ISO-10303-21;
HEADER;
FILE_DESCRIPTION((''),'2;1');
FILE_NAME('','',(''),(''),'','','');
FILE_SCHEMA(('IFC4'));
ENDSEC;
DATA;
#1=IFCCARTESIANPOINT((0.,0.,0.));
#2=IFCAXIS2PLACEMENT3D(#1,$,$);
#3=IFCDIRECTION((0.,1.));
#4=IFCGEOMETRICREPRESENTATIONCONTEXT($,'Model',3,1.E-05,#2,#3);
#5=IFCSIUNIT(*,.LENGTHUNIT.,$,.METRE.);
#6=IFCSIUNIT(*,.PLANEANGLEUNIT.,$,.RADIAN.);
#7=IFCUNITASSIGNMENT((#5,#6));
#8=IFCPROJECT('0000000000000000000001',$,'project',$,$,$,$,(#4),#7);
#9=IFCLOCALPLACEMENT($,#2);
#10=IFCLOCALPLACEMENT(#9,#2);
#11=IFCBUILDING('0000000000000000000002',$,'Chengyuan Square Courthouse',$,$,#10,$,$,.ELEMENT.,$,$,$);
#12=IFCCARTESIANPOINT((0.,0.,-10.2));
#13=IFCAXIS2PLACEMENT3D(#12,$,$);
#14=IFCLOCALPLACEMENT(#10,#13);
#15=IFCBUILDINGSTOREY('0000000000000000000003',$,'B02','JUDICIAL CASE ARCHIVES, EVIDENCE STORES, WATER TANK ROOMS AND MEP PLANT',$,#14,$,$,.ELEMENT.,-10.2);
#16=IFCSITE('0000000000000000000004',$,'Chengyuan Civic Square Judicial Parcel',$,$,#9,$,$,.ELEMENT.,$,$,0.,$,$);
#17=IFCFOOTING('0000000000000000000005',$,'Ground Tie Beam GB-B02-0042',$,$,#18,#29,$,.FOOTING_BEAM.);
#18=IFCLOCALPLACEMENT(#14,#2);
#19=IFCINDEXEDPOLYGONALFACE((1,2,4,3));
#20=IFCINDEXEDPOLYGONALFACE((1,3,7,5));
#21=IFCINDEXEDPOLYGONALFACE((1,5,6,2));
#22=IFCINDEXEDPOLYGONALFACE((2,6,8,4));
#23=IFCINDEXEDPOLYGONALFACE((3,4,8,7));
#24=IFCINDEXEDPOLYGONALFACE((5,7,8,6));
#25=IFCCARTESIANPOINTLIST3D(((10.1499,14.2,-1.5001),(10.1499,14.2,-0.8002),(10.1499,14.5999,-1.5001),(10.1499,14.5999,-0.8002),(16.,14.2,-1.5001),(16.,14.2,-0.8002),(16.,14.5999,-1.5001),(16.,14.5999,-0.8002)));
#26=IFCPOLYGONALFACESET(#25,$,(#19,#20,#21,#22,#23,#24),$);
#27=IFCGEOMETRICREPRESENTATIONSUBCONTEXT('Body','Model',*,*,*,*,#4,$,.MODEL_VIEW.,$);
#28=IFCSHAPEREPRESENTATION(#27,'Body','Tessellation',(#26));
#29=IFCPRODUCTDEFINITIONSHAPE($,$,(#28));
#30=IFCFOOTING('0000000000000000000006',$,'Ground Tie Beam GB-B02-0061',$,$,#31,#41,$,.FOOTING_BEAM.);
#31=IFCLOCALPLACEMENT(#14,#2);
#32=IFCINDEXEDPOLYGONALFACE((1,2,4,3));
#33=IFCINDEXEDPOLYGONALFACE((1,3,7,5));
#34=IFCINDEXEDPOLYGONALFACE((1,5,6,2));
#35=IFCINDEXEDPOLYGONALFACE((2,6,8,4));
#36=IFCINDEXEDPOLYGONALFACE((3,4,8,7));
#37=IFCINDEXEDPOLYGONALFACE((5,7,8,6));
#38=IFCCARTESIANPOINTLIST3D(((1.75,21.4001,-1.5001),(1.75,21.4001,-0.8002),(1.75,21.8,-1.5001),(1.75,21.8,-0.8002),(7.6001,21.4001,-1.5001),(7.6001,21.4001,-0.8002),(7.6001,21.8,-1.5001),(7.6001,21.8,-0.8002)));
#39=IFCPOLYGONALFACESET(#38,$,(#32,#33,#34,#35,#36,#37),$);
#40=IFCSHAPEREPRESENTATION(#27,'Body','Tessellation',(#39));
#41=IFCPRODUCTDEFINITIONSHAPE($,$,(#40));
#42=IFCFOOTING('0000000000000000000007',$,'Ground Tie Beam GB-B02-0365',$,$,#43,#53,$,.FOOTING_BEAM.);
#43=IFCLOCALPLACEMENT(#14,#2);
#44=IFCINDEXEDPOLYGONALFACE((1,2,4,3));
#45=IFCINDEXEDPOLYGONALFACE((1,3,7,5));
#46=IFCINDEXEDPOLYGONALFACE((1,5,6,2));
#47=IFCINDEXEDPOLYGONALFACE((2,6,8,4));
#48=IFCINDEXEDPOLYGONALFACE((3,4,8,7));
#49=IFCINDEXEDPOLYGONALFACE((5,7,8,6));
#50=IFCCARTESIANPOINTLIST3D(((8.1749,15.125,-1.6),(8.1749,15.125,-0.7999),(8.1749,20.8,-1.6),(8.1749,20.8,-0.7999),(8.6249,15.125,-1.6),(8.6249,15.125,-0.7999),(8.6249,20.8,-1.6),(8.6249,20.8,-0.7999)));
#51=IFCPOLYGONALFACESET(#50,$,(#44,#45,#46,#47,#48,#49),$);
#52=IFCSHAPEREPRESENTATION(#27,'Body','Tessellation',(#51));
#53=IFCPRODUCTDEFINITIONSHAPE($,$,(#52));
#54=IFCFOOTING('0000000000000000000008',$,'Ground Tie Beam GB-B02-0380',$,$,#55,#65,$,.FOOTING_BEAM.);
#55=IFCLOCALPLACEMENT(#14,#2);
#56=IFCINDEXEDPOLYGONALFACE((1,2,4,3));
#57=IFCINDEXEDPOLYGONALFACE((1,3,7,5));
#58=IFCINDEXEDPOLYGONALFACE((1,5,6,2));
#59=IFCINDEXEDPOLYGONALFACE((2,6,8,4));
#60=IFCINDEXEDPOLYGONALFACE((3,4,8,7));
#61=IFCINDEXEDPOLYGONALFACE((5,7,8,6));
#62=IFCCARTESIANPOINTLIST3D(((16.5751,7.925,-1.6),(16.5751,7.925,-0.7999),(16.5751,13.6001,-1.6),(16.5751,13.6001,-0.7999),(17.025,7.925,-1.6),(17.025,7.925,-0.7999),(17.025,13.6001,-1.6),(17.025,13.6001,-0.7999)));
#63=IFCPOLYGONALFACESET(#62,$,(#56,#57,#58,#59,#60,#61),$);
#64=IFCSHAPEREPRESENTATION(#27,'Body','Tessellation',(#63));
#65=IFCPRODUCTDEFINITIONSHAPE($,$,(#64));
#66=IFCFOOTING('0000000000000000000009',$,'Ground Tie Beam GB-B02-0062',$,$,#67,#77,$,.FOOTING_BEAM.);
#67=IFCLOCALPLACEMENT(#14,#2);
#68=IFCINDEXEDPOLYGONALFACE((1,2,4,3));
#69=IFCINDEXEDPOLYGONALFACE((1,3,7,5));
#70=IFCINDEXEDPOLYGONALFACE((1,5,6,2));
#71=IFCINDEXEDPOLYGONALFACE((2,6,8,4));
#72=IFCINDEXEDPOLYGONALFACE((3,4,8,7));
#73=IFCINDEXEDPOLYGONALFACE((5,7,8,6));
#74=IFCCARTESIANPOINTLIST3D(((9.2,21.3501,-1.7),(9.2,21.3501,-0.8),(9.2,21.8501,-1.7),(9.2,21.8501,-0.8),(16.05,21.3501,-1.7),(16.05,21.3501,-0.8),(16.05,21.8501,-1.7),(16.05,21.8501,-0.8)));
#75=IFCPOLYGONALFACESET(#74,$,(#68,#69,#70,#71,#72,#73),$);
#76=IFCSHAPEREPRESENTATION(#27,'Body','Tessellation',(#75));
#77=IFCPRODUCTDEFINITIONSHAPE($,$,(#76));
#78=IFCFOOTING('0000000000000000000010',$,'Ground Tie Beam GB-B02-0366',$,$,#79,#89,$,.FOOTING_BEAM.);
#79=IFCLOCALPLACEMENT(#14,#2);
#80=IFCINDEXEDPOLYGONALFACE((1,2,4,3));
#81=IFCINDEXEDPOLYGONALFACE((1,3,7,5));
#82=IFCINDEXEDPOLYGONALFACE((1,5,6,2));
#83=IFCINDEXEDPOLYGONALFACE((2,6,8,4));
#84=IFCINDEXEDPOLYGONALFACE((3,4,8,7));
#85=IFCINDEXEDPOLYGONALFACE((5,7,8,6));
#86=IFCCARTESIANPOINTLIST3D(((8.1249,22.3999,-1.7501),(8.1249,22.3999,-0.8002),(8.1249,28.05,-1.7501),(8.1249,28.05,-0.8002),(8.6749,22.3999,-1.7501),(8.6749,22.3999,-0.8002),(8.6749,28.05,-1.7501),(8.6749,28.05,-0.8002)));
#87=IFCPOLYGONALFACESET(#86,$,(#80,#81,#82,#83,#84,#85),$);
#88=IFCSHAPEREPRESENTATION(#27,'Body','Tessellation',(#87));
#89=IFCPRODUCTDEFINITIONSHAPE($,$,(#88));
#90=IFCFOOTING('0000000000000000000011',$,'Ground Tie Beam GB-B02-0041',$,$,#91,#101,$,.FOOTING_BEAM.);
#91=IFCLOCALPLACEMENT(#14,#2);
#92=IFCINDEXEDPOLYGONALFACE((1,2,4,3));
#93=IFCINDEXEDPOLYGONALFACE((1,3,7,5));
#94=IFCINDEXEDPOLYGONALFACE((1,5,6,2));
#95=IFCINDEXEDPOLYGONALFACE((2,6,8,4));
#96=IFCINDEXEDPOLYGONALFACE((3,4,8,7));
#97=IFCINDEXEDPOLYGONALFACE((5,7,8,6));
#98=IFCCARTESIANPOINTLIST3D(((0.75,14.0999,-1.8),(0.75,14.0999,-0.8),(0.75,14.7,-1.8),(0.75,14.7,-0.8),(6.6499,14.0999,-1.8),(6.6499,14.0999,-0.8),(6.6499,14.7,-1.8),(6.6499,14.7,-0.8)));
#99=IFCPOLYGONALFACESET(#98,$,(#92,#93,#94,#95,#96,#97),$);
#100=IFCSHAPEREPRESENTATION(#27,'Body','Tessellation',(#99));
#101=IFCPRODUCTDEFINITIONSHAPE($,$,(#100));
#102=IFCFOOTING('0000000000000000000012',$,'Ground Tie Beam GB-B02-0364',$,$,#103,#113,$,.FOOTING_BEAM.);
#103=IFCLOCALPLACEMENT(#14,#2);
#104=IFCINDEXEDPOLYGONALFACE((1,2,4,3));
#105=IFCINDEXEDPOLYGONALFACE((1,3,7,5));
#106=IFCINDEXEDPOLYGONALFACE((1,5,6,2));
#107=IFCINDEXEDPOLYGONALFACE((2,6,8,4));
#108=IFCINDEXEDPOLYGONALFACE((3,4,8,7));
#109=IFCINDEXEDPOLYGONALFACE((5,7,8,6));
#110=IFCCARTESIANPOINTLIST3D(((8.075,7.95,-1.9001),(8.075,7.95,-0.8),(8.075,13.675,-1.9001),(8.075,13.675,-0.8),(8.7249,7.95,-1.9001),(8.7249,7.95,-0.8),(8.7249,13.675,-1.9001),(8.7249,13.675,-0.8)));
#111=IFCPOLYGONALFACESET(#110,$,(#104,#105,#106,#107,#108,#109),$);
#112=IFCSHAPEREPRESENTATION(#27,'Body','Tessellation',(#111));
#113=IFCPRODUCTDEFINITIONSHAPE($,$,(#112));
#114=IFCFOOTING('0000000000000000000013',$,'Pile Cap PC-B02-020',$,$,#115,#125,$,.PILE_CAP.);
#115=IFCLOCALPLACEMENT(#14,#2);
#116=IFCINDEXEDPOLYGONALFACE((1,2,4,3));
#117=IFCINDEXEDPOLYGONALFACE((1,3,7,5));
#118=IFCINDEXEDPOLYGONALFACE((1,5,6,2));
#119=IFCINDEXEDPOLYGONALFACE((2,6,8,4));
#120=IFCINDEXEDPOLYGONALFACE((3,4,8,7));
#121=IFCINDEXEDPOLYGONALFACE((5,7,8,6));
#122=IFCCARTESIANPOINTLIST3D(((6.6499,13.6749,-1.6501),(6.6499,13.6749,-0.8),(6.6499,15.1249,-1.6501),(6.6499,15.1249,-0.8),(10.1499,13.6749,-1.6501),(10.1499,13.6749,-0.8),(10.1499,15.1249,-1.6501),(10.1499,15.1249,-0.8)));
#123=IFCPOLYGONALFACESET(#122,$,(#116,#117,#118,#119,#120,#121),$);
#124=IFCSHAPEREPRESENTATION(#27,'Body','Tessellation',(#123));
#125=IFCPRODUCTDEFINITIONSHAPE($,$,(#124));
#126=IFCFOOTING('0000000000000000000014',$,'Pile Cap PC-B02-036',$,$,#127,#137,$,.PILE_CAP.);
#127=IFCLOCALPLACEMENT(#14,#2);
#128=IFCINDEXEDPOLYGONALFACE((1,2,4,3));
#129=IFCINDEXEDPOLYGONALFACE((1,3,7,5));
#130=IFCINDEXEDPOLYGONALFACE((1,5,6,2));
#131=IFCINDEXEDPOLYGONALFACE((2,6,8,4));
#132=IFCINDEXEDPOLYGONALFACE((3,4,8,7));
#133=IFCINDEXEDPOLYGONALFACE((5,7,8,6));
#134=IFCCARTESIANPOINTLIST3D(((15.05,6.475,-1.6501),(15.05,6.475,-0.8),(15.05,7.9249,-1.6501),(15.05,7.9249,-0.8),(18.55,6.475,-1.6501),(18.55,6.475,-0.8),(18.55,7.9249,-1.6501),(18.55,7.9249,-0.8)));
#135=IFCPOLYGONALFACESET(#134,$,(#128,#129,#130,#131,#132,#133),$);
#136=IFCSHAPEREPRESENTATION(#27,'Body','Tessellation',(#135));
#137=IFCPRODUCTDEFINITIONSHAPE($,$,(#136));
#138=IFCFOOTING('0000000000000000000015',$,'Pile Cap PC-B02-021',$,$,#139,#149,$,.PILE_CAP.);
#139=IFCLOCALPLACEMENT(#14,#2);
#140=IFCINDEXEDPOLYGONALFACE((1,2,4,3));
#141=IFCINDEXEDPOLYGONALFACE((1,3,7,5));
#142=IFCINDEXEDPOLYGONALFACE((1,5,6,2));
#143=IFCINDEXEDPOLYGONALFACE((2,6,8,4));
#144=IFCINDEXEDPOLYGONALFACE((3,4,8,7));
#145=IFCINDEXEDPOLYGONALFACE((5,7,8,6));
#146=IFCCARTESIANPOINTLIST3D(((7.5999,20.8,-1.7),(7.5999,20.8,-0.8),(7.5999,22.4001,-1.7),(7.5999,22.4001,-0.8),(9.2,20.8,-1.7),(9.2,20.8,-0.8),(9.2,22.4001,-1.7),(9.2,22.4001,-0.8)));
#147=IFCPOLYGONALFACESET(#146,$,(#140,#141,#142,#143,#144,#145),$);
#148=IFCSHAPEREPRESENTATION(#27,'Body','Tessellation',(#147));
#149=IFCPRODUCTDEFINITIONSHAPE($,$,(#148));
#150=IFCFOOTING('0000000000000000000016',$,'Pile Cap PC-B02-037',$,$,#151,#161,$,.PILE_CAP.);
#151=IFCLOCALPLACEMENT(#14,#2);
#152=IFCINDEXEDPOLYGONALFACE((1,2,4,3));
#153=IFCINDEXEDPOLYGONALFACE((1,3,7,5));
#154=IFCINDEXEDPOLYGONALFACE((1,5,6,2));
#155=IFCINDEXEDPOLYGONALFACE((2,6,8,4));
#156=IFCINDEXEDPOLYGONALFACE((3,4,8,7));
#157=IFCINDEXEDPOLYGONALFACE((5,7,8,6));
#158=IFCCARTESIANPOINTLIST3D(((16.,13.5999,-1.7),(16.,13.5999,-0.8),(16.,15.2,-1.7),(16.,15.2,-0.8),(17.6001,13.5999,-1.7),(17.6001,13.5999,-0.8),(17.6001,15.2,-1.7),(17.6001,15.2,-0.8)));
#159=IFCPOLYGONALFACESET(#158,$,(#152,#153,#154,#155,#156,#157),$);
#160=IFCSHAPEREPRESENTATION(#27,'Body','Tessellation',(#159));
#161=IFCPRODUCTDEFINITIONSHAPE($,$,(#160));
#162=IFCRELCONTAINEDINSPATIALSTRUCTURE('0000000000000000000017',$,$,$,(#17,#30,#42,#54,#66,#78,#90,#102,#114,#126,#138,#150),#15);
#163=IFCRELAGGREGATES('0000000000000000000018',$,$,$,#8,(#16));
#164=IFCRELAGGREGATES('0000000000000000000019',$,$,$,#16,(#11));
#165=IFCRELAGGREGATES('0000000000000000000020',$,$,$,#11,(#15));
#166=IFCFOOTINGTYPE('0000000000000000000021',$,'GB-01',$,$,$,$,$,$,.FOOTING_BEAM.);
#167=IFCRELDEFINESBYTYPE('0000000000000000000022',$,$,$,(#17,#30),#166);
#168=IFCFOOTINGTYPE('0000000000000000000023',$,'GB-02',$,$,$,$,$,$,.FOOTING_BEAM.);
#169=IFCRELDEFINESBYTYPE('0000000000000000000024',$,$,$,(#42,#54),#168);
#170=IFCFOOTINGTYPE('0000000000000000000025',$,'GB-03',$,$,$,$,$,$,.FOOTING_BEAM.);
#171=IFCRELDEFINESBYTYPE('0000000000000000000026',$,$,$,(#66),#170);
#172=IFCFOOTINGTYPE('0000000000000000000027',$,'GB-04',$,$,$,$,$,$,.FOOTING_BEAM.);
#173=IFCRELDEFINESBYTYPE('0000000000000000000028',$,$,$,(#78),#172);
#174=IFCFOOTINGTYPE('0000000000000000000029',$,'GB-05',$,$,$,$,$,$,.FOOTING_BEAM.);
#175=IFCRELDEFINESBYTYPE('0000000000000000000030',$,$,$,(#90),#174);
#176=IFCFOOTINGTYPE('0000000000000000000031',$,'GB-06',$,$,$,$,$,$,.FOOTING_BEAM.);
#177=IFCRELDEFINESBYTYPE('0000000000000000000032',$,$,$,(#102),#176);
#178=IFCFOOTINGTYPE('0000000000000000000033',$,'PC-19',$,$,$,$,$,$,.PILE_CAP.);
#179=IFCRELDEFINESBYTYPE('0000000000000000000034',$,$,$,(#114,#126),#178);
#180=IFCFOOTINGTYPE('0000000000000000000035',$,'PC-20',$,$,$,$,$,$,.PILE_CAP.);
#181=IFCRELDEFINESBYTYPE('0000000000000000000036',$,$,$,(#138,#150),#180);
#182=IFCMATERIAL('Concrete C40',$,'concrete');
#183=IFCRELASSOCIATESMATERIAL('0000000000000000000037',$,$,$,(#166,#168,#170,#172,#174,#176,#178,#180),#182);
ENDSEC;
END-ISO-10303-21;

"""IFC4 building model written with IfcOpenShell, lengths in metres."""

from ifc_helpers import new_model, si_unit, direction, frame, origin, origin_2d, place, context, subcontext, project, spatial, rectangle, extrude, material, material_profile, profile_set, type_object, element, save


model = new_model("IFC4")

# Units and contexts
model_context = context("Model", 3, precision=1e-05, world=origin(), true_north=direction((0.0, 1.0)))
body_context = subcontext(model_context, "Body", "Model", "MODEL_VIEW")
ifc_project = project(units=[si_unit("LENGTHUNIT", "METRE"), si_unit("PLANEANGLEUNIT", "RADIAN")], contexts=[model_context])

# Site, building, storey
site_placement = place(None, origin())
site = spatial("IfcSite", under=ifc_project, at=site_placement, Name="Chengyuan Civic Square Judicial Parcel", CompositionType="ELEMENT", RefElevation=0.0)
building_placement = place(site_placement, origin())
building = spatial("IfcBuilding", under=site, at=building_placement, Name="Chengyuan Square Courthouse", CompositionType="ELEMENT")
storey_placement = place(building_placement, frame((0.0, 0.0, -10.2)))
storey = spatial("IfcBuildingStorey", under=building, at=storey_placement, Name="B02", Description="JUDICIAL CASE ARCHIVES, EVIDENCE STORES, WATER TANK ROOMS AND MEP PLANT", CompositionType="ELEMENT", Elevation=-10.2)

# Footings
ifc_material_1 = material(Name="Concrete C40", Category="concrete")
ifc_material_profile_1 = material_profile(ifc_material_1, rectangle(XDim=0.3999, YDim=0.7, at=origin_2d()), Name="GB-400x700")
ifc_profile_set_1 = profile_set([ifc_material_profile_1], Name="Concrete C40")
footing_type_1 = type_object("IfcFootingType", Name="GB-01", PredefinedType="FOOTING_BEAM", material=ifc_profile_set_1)
for number, where, z_axis, x_axis, name in (
    (1, (10.1499, 14.3999, -1.1501), (1.0, 0.0, 0.0), (0.0, 1.0, 0.0), "Ground Tie Beam GB-B02-0042"),
    (2, (1.75, 21.6001, -1.1501), (1.0, 0.0, 0.0), (0.0, 1.0, 0.0), "Ground Tie Beam GB-B02-0061"),
):
    element("IfcFooting", number, at=place(storey_placement, frame(where, z_axis=z_axis, x_axis=x_axis)), inside=storey, type_object=footing_type_1, Name=name, PredefinedType="FOOTING_BEAM", context=body_context, shape_type="SweptSolid", body=[
        extrude(rectangle(XDim=0.3999, YDim=0.7, at=origin_2d()), origin(), (0.0, 0.0, 1.0), 5.8501),
    ])
ifc_material_profile_2 = material_profile(ifc_material_1, rectangle(XDim=0.45, YDim=0.8, at=origin_2d()), Name="GB-450x800")
ifc_profile_set_2 = profile_set([ifc_material_profile_2], Name="Concrete C40")
footing_type_2 = type_object("IfcFootingType", Name="GB-02", PredefinedType="FOOTING_BEAM", material=ifc_profile_set_2)
for number, where, z_axis, x_axis, name in (
    (3, (8.3999, 15.125, -1.2), (0.0, 1.0, 0.0), (-1.0, 0.0, 0.0), "Ground Tie Beam GB-B02-0365"),
    (4, (16.8, 7.925, -1.2), (0.0, 1.0, 0.0), (-1.0, 0.0, 0.0), "Ground Tie Beam GB-B02-0380"),
):
    element("IfcFooting", number, at=place(storey_placement, frame(where, z_axis=z_axis, x_axis=x_axis)), inside=storey, type_object=footing_type_2, Name=name, PredefinedType="FOOTING_BEAM", context=body_context, shape_type="SweptSolid", body=[
        extrude(rectangle(XDim=0.45, YDim=0.8, at=origin_2d()), origin(), (0.0, 0.0, 1.0), 5.675),
    ])
ifc_material_profile_3 = material_profile(ifc_material_1, rectangle(XDim=0.5, YDim=0.8999, at=origin_2d()), Name="GB-500x900")
ifc_profile_set_3 = profile_set([ifc_material_profile_3], Name="Concrete C40")
footing_type_3 = type_object("IfcFootingType", Name="GB-03", PredefinedType="FOOTING_BEAM", material=ifc_profile_set_3)
footing_1_placement = place(storey_placement, frame((9.2, 21.6001, -1.25), z_axis=(1.0, 0.0, 0.0), x_axis=(0.0, 1.0, 0.0)))
element("IfcFooting", 5, at=footing_1_placement, inside=storey, type_object=footing_type_3, Name="Ground Tie Beam GB-B02-0062", PredefinedType="FOOTING_BEAM", context=body_context, shape_type="SweptSolid", body=[
    extrude(rectangle(XDim=0.5, YDim=0.8999, at=origin_2d()), origin(), (0.0, 0.0, 1.0), 6.8501),
])
ifc_material_profile_4 = material_profile(ifc_material_1, rectangle(XDim=0.55, YDim=0.95, at=origin_2d()), Name="GB-550x950")
ifc_profile_set_4 = profile_set([ifc_material_profile_4], Name="Concrete C40")
footing_type_4 = type_object("IfcFootingType", Name="GB-04", PredefinedType="FOOTING_BEAM", material=ifc_profile_set_4)
footing_2_placement = place(storey_placement, frame((8.3999, 22.3999, -1.2751), z_axis=(0.0, 1.0, 0.0), x_axis=(-1.0, 0.0, 0.0)))
element("IfcFooting", 6, at=footing_2_placement, inside=storey, type_object=footing_type_4, Name="Ground Tie Beam GB-B02-0366", PredefinedType="FOOTING_BEAM", context=body_context, shape_type="SweptSolid", body=[
    extrude(rectangle(XDim=0.55, YDim=0.95, at=origin_2d()), origin(), (0.0, 0.0, 1.0), 5.6501),
])
ifc_material_profile_5 = material_profile(ifc_material_1, rectangle(XDim=0.6001, YDim=1.0, at=origin_2d()), Name="GB-600x1000")
ifc_profile_set_5 = profile_set([ifc_material_profile_5], Name="Concrete C40")
footing_type_5 = type_object("IfcFootingType", Name="GB-05", PredefinedType="FOOTING_BEAM", material=ifc_profile_set_5)
footing_3_placement = place(storey_placement, frame((0.75, 14.3999, -1.3), z_axis=(1.0, 0.0, 0.0), x_axis=(0.0, 1.0, 0.0)))
element("IfcFooting", 7, at=footing_3_placement, inside=storey, type_object=footing_type_5, Name="Ground Tie Beam GB-B02-0041", PredefinedType="FOOTING_BEAM", context=body_context, shape_type="SweptSolid", body=[
    extrude(rectangle(XDim=0.6001, YDim=1.0, at=origin_2d()), origin(), (0.0, 0.0, 1.0), 5.8999),
])
ifc_material_profile_6 = material_profile(ifc_material_1, rectangle(XDim=0.6499, YDim=1.1001, at=origin_2d()), Name="GB-650x1100")
ifc_profile_set_6 = profile_set([ifc_material_profile_6], Name="Concrete C40")
footing_type_6 = type_object("IfcFootingType", Name="GB-06", PredefinedType="FOOTING_BEAM", material=ifc_profile_set_6)
footing_4_placement = place(storey_placement, frame((8.3999, 7.95, -1.3501), z_axis=(0.0, 1.0, 0.0), x_axis=(-1.0, 0.0, 0.0)))
element("IfcFooting", 8, at=footing_4_placement, inside=storey, type_object=footing_type_6, Name="Ground Tie Beam GB-B02-0364", PredefinedType="FOOTING_BEAM", context=body_context, shape_type="SweptSolid", body=[
    extrude(rectangle(XDim=0.6499, YDim=1.1001, at=origin_2d()), origin(), (0.0, 0.0, 1.0), 5.7251),
])
footing_type_7 = type_object("IfcFootingType", Name="PC-19", PredefinedType="PILE_CAP", material=ifc_material_1)
for number, where, z_axis, x_axis, name in (
    (9, (8.3999, 14.3999, -1.6501), (0.0, 0.0, 1.0), (1.0, 0.0, 0.0), "Pile Cap PC-B02-020"),
    (10, (16.8, 7.2, -1.6501), (0.0, 0.0, 1.0), (1.0, 0.0, 0.0), "Pile Cap PC-B02-036"),
):
    element("IfcFooting", number, at=place(storey_placement, frame(where, z_axis=z_axis, x_axis=x_axis)), inside=storey, type_object=footing_type_7, Name=name, PredefinedType="PILE_CAP", context=body_context, shape_type="SweptSolid", body=[
        extrude(rectangle(XDim=3.5, YDim=1.45, at=origin_2d()), origin(), (0.0, 0.0, 1.0), 0.8501),
    ])
footing_type_8 = type_object("IfcFootingType", Name="PC-20", PredefinedType="PILE_CAP", material=ifc_material_1)
for number, where, z_axis, x_axis, name in (
    (11, (8.3999, 21.6001, -1.7), (0.0, 0.0, 1.0), (1.0, 0.0, 0.0), "Pile Cap PC-B02-021"),
    (12, (16.8, 14.3999, -1.7), (0.0, 0.0, 1.0), (1.0, 0.0, 0.0), "Pile Cap PC-B02-037"),
):
    element("IfcFooting", number, at=place(storey_placement, frame(where, z_axis=z_axis, x_axis=x_axis)), inside=storey, type_object=footing_type_8, Name=name, PredefinedType="PILE_CAP", context=body_context, shape_type="SweptSolid", body=[
        extrude(rectangle(XDim=1.6001, YDim=1.6001, at=origin_2d()), origin(), (0.0, 0.0, 1.0), 0.8999),
    ])

save(model, "model.ifc")
